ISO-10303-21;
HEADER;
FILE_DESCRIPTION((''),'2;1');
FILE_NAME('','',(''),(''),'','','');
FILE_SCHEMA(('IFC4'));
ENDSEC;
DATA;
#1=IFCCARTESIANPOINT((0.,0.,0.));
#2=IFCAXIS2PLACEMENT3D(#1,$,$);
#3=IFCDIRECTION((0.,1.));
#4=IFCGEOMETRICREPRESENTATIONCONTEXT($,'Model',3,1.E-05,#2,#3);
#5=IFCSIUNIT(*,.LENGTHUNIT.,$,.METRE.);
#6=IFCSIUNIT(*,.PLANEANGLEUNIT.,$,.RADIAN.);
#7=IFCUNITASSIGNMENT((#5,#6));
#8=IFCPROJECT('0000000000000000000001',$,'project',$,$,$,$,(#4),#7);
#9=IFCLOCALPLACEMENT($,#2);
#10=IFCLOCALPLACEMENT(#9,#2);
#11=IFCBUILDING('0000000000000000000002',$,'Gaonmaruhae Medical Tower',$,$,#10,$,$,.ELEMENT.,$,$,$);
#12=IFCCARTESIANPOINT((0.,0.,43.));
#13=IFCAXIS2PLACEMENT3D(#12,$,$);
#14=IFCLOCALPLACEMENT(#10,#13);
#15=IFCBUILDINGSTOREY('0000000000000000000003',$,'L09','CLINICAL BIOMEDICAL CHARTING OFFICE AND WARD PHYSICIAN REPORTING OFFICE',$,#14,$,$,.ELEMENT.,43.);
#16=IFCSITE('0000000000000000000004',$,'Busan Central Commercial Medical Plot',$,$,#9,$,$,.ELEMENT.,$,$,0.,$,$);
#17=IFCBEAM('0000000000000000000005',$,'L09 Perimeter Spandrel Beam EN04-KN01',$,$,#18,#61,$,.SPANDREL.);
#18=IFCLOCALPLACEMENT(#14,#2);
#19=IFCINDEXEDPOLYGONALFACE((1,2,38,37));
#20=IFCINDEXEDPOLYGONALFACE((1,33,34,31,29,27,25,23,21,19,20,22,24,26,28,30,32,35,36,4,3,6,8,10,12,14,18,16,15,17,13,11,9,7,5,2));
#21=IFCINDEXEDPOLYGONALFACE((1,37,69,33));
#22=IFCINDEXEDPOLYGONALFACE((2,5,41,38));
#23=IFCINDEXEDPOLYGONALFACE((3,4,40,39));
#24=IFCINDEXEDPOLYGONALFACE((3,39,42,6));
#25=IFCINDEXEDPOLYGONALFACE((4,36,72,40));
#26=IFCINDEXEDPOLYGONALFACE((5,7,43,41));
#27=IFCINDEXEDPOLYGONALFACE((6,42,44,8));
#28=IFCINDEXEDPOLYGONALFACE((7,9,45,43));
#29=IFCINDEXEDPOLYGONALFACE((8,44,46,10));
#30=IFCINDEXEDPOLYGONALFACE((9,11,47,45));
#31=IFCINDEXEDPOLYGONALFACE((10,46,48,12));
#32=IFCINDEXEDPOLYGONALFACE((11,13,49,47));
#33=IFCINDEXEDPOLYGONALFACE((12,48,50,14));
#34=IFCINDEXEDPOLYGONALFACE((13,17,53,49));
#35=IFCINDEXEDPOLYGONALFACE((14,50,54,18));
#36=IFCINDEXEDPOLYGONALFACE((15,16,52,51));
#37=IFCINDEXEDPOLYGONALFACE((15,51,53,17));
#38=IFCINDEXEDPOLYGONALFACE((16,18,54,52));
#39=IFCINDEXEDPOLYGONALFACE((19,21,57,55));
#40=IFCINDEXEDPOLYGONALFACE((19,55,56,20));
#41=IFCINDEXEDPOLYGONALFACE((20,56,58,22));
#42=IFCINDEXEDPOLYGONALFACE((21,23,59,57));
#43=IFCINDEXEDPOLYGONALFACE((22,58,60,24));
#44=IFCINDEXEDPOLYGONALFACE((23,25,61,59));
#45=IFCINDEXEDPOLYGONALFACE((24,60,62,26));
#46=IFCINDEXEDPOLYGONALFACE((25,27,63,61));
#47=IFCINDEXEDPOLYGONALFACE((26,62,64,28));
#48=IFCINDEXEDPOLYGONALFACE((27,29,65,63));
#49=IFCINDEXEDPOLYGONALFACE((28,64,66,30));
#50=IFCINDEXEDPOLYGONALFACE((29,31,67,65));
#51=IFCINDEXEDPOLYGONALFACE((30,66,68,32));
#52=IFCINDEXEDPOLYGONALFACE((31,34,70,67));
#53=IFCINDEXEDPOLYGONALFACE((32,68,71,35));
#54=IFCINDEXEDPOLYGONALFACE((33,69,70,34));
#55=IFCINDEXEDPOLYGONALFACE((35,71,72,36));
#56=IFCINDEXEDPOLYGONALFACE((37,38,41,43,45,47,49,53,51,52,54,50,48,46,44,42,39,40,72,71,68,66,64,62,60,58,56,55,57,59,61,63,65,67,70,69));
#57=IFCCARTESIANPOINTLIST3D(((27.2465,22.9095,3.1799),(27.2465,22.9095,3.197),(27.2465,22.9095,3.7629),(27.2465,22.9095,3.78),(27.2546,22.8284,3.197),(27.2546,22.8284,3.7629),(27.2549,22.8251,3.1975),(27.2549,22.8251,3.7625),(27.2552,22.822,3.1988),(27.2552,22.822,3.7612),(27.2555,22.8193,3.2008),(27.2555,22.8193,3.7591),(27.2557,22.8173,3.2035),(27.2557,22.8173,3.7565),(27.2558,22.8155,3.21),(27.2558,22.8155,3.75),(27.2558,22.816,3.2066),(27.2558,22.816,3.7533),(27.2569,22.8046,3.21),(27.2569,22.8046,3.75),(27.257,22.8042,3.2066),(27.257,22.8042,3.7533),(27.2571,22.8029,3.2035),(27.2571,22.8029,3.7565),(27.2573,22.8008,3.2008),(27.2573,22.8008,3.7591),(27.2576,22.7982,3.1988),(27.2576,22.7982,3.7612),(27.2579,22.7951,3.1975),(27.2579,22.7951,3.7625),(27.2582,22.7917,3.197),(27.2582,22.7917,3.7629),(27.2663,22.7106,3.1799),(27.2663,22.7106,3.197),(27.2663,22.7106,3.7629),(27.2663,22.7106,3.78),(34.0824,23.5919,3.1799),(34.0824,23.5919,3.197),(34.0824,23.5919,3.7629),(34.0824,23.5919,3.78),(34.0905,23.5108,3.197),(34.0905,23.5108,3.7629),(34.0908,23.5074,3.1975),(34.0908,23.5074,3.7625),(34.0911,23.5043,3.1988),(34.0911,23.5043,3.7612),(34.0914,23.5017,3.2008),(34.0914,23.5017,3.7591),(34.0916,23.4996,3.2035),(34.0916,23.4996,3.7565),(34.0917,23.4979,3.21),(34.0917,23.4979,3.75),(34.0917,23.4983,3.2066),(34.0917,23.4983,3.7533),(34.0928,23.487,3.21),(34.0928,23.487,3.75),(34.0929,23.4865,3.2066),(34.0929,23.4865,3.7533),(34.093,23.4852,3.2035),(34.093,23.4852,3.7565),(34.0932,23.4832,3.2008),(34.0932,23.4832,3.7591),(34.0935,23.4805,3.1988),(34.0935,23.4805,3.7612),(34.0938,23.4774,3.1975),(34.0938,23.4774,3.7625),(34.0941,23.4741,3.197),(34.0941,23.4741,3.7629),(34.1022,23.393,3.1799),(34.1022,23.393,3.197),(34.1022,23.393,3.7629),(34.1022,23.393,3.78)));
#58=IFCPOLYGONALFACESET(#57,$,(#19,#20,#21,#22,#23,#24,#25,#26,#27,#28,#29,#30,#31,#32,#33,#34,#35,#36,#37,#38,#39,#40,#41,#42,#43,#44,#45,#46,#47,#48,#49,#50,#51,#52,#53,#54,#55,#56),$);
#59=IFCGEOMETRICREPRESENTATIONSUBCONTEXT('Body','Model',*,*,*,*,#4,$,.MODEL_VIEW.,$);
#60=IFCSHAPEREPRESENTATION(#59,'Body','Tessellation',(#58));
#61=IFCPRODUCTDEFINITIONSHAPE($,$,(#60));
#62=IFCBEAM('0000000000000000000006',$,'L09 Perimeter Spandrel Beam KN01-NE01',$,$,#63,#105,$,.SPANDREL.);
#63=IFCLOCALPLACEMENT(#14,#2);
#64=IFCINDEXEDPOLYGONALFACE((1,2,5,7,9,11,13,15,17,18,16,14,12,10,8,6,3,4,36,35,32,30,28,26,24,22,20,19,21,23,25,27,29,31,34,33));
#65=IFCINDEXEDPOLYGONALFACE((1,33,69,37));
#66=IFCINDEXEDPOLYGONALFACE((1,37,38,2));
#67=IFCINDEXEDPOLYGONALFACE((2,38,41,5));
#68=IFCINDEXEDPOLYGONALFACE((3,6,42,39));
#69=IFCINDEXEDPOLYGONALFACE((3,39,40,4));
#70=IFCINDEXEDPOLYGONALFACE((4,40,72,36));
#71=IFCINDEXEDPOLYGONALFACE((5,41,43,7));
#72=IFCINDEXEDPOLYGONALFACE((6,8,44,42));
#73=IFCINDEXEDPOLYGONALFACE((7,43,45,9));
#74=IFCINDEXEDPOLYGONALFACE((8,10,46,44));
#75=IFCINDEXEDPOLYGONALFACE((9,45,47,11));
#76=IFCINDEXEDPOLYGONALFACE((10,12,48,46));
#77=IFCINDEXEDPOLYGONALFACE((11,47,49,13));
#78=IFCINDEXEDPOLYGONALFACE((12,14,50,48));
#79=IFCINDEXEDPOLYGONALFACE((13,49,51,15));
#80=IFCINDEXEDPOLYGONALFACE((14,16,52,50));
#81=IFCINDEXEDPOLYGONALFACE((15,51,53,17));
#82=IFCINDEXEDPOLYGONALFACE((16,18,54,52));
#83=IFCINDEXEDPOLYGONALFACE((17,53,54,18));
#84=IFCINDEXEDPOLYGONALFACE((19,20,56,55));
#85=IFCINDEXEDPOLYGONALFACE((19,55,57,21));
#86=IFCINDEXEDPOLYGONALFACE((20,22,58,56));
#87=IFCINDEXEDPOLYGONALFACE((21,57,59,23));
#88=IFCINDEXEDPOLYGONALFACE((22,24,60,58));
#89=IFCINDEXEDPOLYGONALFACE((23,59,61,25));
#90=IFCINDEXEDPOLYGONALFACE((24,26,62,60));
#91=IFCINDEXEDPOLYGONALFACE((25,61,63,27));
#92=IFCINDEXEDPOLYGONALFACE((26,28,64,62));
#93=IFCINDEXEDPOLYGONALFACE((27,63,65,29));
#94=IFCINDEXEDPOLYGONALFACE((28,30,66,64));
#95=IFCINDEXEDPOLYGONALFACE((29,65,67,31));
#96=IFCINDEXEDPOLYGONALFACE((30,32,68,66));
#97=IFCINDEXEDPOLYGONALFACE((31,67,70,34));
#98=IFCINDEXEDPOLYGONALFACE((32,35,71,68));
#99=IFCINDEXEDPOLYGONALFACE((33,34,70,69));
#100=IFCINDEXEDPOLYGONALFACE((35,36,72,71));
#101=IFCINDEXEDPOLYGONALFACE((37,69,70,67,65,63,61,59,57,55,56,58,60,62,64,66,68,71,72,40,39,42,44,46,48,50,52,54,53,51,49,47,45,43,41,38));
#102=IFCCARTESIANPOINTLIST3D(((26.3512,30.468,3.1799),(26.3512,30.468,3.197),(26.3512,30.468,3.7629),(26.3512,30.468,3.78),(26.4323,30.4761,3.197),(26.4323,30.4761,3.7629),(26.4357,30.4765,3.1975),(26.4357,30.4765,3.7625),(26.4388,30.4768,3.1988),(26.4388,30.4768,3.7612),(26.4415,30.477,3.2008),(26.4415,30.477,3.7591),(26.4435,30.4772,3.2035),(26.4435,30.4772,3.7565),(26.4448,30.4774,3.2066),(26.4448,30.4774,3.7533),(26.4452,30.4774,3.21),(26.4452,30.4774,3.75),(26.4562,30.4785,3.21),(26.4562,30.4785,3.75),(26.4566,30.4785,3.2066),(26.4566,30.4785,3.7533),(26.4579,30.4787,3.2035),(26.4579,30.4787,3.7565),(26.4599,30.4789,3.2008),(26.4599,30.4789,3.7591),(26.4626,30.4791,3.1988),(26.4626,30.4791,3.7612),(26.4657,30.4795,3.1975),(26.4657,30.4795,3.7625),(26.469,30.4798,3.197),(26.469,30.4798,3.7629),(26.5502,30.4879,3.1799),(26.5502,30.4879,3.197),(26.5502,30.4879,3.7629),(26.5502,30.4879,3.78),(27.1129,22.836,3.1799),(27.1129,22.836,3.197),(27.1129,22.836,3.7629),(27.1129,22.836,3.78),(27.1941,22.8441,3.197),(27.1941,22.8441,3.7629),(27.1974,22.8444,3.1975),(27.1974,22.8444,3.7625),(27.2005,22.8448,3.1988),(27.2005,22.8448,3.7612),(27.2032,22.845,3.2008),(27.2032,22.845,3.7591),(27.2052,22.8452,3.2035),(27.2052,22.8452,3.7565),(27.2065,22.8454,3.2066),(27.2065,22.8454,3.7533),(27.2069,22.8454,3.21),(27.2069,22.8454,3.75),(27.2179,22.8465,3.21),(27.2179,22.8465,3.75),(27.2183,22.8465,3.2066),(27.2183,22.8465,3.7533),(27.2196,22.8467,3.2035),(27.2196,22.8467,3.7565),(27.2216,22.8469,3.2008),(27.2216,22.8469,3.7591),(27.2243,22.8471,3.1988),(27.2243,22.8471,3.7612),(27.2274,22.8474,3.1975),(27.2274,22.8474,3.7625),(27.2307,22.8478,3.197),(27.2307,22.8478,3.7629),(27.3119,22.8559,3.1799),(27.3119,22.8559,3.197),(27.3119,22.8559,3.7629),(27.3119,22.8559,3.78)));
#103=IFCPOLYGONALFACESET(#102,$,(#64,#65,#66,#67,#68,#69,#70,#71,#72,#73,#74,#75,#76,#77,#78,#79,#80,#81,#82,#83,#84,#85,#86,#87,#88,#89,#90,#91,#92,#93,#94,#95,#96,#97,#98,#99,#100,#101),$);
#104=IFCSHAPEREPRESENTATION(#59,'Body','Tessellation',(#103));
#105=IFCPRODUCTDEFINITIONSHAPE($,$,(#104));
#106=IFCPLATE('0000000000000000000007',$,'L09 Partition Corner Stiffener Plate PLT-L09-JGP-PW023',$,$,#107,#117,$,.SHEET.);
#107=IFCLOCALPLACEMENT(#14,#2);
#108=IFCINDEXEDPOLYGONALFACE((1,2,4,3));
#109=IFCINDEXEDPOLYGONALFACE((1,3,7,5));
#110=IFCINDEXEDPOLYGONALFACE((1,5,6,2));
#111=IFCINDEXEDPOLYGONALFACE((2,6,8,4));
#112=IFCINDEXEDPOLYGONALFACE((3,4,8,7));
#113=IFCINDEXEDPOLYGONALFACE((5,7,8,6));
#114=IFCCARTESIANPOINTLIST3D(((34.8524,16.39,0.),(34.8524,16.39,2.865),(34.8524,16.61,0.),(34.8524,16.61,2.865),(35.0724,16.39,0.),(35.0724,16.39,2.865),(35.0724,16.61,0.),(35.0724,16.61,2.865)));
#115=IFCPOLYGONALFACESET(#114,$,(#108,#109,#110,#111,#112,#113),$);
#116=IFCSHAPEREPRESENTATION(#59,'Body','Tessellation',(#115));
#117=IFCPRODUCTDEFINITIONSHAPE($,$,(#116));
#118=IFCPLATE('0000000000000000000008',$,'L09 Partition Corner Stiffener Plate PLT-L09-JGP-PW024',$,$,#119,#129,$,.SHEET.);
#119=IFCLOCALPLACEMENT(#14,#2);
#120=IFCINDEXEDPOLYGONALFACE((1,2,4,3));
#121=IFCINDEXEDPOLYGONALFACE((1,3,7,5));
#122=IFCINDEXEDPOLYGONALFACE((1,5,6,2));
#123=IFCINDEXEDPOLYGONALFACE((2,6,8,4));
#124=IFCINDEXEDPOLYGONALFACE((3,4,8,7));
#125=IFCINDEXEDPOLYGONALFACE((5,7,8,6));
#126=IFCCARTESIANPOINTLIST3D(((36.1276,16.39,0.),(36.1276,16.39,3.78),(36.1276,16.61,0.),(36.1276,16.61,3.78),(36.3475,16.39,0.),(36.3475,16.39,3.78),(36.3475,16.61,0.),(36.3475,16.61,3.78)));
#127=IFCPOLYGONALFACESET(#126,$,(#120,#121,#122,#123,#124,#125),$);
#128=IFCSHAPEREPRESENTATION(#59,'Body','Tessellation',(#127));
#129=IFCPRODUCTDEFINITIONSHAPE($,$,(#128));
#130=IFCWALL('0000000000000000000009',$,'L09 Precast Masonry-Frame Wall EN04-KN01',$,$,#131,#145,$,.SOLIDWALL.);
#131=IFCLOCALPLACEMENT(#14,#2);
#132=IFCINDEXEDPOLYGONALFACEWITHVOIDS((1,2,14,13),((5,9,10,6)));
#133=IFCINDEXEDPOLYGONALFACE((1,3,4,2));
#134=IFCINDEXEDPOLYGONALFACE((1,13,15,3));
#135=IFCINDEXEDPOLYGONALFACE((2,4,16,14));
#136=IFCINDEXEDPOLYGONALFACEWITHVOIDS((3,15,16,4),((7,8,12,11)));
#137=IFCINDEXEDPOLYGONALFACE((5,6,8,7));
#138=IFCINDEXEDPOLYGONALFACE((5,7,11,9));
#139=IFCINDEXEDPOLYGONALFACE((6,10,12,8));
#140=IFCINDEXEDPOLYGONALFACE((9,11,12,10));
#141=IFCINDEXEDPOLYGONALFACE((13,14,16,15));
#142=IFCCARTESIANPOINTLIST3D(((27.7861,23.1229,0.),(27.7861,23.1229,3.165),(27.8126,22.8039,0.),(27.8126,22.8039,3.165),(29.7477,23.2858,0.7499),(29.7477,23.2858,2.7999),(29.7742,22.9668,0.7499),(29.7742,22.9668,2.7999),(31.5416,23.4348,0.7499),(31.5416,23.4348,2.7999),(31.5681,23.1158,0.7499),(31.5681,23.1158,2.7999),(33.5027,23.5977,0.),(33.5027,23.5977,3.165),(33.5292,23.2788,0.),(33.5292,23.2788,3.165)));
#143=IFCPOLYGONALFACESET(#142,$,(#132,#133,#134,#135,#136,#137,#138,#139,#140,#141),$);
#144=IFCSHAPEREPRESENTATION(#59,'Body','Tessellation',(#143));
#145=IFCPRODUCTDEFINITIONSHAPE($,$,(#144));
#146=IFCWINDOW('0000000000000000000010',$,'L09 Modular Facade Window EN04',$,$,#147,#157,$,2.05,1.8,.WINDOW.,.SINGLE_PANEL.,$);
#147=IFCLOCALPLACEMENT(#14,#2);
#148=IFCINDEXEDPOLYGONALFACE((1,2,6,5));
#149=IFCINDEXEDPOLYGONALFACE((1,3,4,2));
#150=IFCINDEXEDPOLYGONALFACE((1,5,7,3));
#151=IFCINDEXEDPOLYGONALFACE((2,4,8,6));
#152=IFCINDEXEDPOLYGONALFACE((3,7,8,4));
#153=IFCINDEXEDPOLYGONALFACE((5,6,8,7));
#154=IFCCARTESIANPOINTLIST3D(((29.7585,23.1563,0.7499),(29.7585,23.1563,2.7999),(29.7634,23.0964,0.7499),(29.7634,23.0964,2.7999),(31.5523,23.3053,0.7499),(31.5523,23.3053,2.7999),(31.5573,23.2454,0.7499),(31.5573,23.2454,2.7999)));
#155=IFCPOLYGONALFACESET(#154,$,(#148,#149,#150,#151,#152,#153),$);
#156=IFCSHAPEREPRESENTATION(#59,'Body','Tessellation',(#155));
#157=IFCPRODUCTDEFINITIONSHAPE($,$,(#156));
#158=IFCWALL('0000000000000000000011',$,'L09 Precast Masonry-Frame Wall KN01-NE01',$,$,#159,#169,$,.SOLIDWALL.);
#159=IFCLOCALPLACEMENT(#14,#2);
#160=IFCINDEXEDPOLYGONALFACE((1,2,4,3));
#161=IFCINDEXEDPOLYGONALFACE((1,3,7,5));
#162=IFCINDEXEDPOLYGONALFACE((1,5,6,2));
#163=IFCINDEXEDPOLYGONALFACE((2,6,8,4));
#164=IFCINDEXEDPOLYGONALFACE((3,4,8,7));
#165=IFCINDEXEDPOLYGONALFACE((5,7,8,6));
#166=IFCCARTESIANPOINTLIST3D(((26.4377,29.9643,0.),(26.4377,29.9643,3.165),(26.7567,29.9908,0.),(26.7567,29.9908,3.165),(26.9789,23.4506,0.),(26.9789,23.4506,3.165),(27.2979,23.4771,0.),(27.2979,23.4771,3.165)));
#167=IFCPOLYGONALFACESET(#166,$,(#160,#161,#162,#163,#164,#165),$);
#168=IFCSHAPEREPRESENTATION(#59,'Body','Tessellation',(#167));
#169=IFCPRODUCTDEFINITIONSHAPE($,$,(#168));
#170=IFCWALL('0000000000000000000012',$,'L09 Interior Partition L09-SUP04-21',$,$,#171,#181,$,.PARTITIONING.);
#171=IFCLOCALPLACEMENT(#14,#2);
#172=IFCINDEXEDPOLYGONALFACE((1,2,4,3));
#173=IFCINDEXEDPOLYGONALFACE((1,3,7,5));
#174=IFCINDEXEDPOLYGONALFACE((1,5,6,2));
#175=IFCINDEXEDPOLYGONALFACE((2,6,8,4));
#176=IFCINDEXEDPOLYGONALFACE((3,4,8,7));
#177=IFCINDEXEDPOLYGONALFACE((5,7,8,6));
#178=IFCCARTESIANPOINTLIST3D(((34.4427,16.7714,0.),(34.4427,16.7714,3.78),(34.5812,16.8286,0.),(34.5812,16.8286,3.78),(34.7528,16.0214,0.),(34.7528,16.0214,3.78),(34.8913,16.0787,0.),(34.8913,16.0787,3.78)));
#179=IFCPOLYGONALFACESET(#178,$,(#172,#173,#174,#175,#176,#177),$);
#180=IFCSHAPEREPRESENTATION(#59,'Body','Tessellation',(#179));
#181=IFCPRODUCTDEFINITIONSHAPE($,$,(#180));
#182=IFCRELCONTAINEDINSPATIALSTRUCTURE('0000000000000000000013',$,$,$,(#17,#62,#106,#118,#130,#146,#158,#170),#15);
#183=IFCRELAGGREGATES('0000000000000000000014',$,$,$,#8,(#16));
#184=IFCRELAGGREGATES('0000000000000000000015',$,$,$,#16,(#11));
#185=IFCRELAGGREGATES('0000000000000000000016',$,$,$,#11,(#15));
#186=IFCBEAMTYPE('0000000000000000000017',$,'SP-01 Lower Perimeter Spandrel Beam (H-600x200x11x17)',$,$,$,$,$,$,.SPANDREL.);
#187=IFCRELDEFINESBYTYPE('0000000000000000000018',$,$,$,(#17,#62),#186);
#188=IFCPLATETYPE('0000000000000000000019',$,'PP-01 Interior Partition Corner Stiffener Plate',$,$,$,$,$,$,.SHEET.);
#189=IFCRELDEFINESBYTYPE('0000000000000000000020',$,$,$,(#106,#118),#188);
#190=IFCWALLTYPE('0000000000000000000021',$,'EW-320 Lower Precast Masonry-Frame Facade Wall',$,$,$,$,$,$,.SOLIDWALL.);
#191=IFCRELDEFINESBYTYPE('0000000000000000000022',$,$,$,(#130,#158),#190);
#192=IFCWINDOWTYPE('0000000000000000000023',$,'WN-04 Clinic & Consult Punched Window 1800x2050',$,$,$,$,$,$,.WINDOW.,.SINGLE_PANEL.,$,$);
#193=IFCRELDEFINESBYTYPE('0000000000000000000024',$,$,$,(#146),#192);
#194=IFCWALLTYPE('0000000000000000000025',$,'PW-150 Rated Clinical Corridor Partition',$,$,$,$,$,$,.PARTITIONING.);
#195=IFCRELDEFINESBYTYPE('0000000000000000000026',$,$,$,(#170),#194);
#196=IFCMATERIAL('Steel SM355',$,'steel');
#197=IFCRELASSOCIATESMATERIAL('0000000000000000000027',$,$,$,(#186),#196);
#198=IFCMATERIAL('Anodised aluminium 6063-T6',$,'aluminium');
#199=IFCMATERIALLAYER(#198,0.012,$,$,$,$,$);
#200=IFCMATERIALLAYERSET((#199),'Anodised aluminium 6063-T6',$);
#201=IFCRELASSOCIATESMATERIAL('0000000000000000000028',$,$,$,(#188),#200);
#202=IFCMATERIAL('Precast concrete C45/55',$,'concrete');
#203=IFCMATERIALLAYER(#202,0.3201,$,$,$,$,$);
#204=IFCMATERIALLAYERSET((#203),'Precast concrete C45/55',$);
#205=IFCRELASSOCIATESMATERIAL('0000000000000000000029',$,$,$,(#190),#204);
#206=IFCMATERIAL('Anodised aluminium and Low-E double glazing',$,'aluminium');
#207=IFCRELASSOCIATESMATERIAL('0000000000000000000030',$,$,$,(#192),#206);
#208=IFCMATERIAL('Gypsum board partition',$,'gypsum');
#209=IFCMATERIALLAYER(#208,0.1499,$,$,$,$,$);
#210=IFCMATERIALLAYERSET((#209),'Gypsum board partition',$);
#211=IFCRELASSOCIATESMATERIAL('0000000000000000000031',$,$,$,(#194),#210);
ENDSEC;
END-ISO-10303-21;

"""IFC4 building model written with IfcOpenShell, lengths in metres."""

from ifc_helpers import new_model, si_unit, direction, frame, frame_2d, origin, origin_2d, place, context, subcontext, project, spatial, rectangle, i_section, extrude, material, layer, layer_set, material_profile, profile_set, type_object, element, fill, save


model = new_model("IFC4")

# Units and contexts
model_context = context("Model", 3, precision=1e-05, world=origin(), true_north=direction((0.0, 1.0)))
body_context = subcontext(model_context, "Body", "Model", "MODEL_VIEW")
ifc_project = project(units=[si_unit("LENGTHUNIT", "METRE"), si_unit("PLANEANGLEUNIT", "RADIAN")], contexts=[model_context])

# Site, building, storey
site_placement = place(None, origin())
site = spatial("IfcSite", under=ifc_project, at=site_placement, Name="Busan Central Commercial Medical Plot", CompositionType="ELEMENT", RefElevation=0.0)
building_placement = place(site_placement, origin())
building = spatial("IfcBuilding", under=site, at=building_placement, Name="Gaonmaruhae Medical Tower", CompositionType="ELEMENT")
storey_placement = place(building_placement, frame((0.0, 0.0, 43.0)))
storey = spatial("IfcBuildingStorey", under=building, at=storey_placement, Name="L09", Description="CLINICAL BIOMEDICAL CHARTING OFFICE AND WARD PHYSICIAN REPORTING OFFICE", CompositionType="ELEMENT", Elevation=43.0)

# Beams
ifc_material_1 = material(Name="Steel SM355", Category="steel")
ifc_material_profile_1 = material_profile(ifc_material_1, i_section(OverallWidth=0.2, OverallDepth=0.6001, WebThickness=0.011, FlangeThickness=0.0171, FilletRadius=0.0129, at=origin_2d()), Name="H-600x200x11x17")
ifc_profile_set_1 = profile_set([ifc_material_profile_1], Name="Steel SM355")
beam_type_1 = type_object("IfcBeamType", Name="SP-01 Lower Perimeter Spandrel Beam (H-600x200x11x17)", PredefinedType="SPANDREL", material=ifc_profile_set_1)
beam_1_placement = place(storey_placement, frame((34.0923, 23.4924, 3.48), z_axis=(-0.995055, -0.099328, 0.0), x_axis=(0.099328, -0.995055, 0.0)))
element("IfcBeam", 1, at=beam_1_placement, inside=storey, type_object=beam_type_1, Name="L09 Perimeter Spandrel Beam EN04-KN01", PredefinedType="SPANDREL", context=body_context, shape_type="SweptSolid", body=[
    extrude(i_section(OverallWidth=0.2, OverallDepth=0.6001, WebThickness=0.011, FlangeThickness=0.0171, FilletRadius=0.0129, at=origin_2d()), origin(), (0.0, 0.0, 1.0), 6.8699),
])
beam_2_placement = place(storey_placement, frame((27.2124, 22.8459, 3.48), z_axis=(-0.099311, 0.995056, 0.0), x_axis=(-0.995056, -0.099311, 0.0)))
element("IfcBeam", 2, at=beam_2_placement, inside=storey, type_object=beam_type_1, Name="L09 Perimeter Spandrel Beam KN01-NE01", PredefinedType="SPANDREL", context=body_context, shape_type="SweptSolid", body=[
    extrude(i_section(OverallWidth=0.2, OverallDepth=0.6001, WebThickness=0.011, FlangeThickness=0.0171, FilletRadius=0.0129, at=origin_2d()), origin(), (0.0, 0.0, 1.0), 7.6699),
])

# Plates
ifc_material_2 = material(Name="Anodised aluminium 6063-T6", Category="aluminium")
ifc_layer_1 = layer(ifc_material_2, 0.012)
ifc_layer_set_1 = layer_set([ifc_layer_1], Name="Anodised aluminium 6063-T6")
plate_type = type_object("IfcPlateType", Name="PP-01 Interior Partition Corner Stiffener Plate", PredefinedType="SHEET", material=ifc_layer_set_1)
plate_1_placement = place(storey_placement, frame((34.9624, 16.5, 0.0), z_axis=(0.0, 0.0, 1.0), x_axis=(1.0, 0.0, 0.0)))
element("IfcPlate", 3, at=plate_1_placement, inside=storey, type_object=plate_type, Name="L09 Partition Corner Stiffener Plate PLT-L09-JGP-PW023", PredefinedType="SHEET", context=body_context, shape_type="SweptSolid", body=[
    extrude(rectangle(XDim=0.22, YDim=0.22, at=origin_2d()), origin(), (0.0, 0.0, 1.0), 2.865),
])
plate_2_placement = place(storey_placement, frame((36.2375, 16.5, 0.0), z_axis=(0.0, 0.0, 1.0), x_axis=(1.0, 0.0, 0.0)))
element("IfcPlate", 4, at=plate_2_placement, inside=storey, type_object=plate_type, Name="L09 Partition Corner Stiffener Plate PLT-L09-JGP-PW024", PredefinedType="SHEET", context=body_context, shape_type="SweptSolid", body=[
    extrude(rectangle(XDim=0.22, YDim=0.22, at=origin_2d()), origin(), (0.0, 0.0, 1.0), 3.78),
])

# Wall, opening, window
ifc_material_3 = material(Name="Precast concrete C45/55", Category="concrete")
ifc_layer_2 = layer(ifc_material_3, 0.3201)
ifc_layer_set_2 = layer_set([ifc_layer_2], Name="Precast concrete C45/55")
wall_type_1 = type_object("IfcWallType", Name="EW-320 Lower Precast Masonry-Frame Facade Wall", PredefinedType="SOLIDWALL", material=ifc_layer_set_2)
wall_1_placement = place(storey_placement, frame((27.7993, 22.9634, 0.0), z_axis=(0.0, 0.0, 1.0), x_axis=(0.996568, 0.082781, 0.0)))
wall_1 = element("IfcWall", 5, at=wall_1_placement, inside=storey, type_object=wall_type_1, Name="L09 Precast Masonry-Frame Wall EN04-KN01", PredefinedType="SOLIDWALL", context=body_context, shape_type="SweptSolid", body=[
    extrude(rectangle(XDim=5.7363, YDim=0.3201, at=frame_2d((2.8682, 0.0))), origin(), (0.0, 0.0, 1.0), 3.165),
])
opening_1_placement = place(wall_1_placement, frame((1.9685, 0.0, 0.75)))
opening_1 = element("IfcOpeningElement", 6, at=opening_1_placement, cuts=wall_1, PredefinedType="OPENING", context=body_context, shape_type="SweptSolid", body=[
    extrude(rectangle(XDim=1.8, YDim=2.05, at=frame_2d((0.8999, 1.0249))), frame((0.0, 0.1699, 0.0), z_axis=(0.0, -1.0, 0.0), x_axis=(1.0, 0.0, 0.0)), (0.0, 0.0, 1.0), 0.3401),
])
ifc_material_4 = material(Name="Anodised aluminium and Low-E double glazing", Category="aluminium")
window_type = type_object("IfcWindowType", Name="WN-04 Clinic & Consult Punched Window 1800x2050", PartitioningType="SINGLE_PANEL", PredefinedType="WINDOW", material=ifc_material_4)
window_placement = place(opening_1_placement, origin())
window = element("IfcWindow", 7, at=window_placement, inside=storey, type_object=window_type, Name="L09 Modular Facade Window EN04", OverallHeight=2.05, OverallWidth=1.8, PartitioningType="SINGLE_PANEL", PredefinedType="WINDOW", context=body_context, shape_type="SweptSolid", body=[
    extrude(rectangle(XDim=1.8, YDim=2.05, at=frame_2d((0.8999, 1.0249))), frame((0.0, 0.03, 0.0), z_axis=(0.0, -1.0, 0.0), x_axis=(1.0, 0.0, 0.0)), (0.0, 0.0, 1.0), 0.0601),
])
fill(opening_1, window)

# Walls
wall_2_placement = place(storey_placement, frame((27.1384, 23.4639, 0.0), z_axis=(0.0, 0.0, 1.0), x_axis=(-0.082811, 0.996565, 0.0)))
element("IfcWall", 8, at=wall_2_placement, inside=storey, type_object=wall_type_1, Name="L09 Precast Masonry-Frame Wall KN01-NE01", PredefinedType="SOLIDWALL", context=body_context, shape_type="SweptSolid", body=[
    extrude(rectangle(XDim=6.5361, YDim=0.3201, at=frame_2d((3.2681, 0.0))), origin(), (0.0, 0.0, 1.0), 3.165),
])
ifc_material_5 = material(Name="Gypsum board partition", Category="gypsum")
ifc_layer_3 = layer(ifc_material_5, 0.1499)
ifc_layer_set_3 = layer_set([ifc_layer_3], Name="Gypsum board partition")
wall_type_2 = type_object("IfcWallType", Name="PW-150 Rated Clinical Corridor Partition", PredefinedType="PARTITIONING", material=ifc_layer_set_3)
wall_3_placement = place(storey_placement, frame((34.822, 16.05, 0.0), z_axis=(0.0, 0.0, 1.0), x_axis=(-0.382051, 0.924141, 0.0)))
element("IfcWall", 9, at=wall_3_placement, inside=storey, type_object=wall_type_2, Name="L09 Interior Partition L09-SUP04-21", PredefinedType="PARTITIONING", context=body_context, shape_type="SweptSolid", body=[
    extrude(rectangle(XDim=0.8115, YDim=0.1499, at=frame_2d((0.4058, 0.0))), origin(), (0.0, 0.0, 1.0), 3.78),
])

save(model, "model.ifc")
